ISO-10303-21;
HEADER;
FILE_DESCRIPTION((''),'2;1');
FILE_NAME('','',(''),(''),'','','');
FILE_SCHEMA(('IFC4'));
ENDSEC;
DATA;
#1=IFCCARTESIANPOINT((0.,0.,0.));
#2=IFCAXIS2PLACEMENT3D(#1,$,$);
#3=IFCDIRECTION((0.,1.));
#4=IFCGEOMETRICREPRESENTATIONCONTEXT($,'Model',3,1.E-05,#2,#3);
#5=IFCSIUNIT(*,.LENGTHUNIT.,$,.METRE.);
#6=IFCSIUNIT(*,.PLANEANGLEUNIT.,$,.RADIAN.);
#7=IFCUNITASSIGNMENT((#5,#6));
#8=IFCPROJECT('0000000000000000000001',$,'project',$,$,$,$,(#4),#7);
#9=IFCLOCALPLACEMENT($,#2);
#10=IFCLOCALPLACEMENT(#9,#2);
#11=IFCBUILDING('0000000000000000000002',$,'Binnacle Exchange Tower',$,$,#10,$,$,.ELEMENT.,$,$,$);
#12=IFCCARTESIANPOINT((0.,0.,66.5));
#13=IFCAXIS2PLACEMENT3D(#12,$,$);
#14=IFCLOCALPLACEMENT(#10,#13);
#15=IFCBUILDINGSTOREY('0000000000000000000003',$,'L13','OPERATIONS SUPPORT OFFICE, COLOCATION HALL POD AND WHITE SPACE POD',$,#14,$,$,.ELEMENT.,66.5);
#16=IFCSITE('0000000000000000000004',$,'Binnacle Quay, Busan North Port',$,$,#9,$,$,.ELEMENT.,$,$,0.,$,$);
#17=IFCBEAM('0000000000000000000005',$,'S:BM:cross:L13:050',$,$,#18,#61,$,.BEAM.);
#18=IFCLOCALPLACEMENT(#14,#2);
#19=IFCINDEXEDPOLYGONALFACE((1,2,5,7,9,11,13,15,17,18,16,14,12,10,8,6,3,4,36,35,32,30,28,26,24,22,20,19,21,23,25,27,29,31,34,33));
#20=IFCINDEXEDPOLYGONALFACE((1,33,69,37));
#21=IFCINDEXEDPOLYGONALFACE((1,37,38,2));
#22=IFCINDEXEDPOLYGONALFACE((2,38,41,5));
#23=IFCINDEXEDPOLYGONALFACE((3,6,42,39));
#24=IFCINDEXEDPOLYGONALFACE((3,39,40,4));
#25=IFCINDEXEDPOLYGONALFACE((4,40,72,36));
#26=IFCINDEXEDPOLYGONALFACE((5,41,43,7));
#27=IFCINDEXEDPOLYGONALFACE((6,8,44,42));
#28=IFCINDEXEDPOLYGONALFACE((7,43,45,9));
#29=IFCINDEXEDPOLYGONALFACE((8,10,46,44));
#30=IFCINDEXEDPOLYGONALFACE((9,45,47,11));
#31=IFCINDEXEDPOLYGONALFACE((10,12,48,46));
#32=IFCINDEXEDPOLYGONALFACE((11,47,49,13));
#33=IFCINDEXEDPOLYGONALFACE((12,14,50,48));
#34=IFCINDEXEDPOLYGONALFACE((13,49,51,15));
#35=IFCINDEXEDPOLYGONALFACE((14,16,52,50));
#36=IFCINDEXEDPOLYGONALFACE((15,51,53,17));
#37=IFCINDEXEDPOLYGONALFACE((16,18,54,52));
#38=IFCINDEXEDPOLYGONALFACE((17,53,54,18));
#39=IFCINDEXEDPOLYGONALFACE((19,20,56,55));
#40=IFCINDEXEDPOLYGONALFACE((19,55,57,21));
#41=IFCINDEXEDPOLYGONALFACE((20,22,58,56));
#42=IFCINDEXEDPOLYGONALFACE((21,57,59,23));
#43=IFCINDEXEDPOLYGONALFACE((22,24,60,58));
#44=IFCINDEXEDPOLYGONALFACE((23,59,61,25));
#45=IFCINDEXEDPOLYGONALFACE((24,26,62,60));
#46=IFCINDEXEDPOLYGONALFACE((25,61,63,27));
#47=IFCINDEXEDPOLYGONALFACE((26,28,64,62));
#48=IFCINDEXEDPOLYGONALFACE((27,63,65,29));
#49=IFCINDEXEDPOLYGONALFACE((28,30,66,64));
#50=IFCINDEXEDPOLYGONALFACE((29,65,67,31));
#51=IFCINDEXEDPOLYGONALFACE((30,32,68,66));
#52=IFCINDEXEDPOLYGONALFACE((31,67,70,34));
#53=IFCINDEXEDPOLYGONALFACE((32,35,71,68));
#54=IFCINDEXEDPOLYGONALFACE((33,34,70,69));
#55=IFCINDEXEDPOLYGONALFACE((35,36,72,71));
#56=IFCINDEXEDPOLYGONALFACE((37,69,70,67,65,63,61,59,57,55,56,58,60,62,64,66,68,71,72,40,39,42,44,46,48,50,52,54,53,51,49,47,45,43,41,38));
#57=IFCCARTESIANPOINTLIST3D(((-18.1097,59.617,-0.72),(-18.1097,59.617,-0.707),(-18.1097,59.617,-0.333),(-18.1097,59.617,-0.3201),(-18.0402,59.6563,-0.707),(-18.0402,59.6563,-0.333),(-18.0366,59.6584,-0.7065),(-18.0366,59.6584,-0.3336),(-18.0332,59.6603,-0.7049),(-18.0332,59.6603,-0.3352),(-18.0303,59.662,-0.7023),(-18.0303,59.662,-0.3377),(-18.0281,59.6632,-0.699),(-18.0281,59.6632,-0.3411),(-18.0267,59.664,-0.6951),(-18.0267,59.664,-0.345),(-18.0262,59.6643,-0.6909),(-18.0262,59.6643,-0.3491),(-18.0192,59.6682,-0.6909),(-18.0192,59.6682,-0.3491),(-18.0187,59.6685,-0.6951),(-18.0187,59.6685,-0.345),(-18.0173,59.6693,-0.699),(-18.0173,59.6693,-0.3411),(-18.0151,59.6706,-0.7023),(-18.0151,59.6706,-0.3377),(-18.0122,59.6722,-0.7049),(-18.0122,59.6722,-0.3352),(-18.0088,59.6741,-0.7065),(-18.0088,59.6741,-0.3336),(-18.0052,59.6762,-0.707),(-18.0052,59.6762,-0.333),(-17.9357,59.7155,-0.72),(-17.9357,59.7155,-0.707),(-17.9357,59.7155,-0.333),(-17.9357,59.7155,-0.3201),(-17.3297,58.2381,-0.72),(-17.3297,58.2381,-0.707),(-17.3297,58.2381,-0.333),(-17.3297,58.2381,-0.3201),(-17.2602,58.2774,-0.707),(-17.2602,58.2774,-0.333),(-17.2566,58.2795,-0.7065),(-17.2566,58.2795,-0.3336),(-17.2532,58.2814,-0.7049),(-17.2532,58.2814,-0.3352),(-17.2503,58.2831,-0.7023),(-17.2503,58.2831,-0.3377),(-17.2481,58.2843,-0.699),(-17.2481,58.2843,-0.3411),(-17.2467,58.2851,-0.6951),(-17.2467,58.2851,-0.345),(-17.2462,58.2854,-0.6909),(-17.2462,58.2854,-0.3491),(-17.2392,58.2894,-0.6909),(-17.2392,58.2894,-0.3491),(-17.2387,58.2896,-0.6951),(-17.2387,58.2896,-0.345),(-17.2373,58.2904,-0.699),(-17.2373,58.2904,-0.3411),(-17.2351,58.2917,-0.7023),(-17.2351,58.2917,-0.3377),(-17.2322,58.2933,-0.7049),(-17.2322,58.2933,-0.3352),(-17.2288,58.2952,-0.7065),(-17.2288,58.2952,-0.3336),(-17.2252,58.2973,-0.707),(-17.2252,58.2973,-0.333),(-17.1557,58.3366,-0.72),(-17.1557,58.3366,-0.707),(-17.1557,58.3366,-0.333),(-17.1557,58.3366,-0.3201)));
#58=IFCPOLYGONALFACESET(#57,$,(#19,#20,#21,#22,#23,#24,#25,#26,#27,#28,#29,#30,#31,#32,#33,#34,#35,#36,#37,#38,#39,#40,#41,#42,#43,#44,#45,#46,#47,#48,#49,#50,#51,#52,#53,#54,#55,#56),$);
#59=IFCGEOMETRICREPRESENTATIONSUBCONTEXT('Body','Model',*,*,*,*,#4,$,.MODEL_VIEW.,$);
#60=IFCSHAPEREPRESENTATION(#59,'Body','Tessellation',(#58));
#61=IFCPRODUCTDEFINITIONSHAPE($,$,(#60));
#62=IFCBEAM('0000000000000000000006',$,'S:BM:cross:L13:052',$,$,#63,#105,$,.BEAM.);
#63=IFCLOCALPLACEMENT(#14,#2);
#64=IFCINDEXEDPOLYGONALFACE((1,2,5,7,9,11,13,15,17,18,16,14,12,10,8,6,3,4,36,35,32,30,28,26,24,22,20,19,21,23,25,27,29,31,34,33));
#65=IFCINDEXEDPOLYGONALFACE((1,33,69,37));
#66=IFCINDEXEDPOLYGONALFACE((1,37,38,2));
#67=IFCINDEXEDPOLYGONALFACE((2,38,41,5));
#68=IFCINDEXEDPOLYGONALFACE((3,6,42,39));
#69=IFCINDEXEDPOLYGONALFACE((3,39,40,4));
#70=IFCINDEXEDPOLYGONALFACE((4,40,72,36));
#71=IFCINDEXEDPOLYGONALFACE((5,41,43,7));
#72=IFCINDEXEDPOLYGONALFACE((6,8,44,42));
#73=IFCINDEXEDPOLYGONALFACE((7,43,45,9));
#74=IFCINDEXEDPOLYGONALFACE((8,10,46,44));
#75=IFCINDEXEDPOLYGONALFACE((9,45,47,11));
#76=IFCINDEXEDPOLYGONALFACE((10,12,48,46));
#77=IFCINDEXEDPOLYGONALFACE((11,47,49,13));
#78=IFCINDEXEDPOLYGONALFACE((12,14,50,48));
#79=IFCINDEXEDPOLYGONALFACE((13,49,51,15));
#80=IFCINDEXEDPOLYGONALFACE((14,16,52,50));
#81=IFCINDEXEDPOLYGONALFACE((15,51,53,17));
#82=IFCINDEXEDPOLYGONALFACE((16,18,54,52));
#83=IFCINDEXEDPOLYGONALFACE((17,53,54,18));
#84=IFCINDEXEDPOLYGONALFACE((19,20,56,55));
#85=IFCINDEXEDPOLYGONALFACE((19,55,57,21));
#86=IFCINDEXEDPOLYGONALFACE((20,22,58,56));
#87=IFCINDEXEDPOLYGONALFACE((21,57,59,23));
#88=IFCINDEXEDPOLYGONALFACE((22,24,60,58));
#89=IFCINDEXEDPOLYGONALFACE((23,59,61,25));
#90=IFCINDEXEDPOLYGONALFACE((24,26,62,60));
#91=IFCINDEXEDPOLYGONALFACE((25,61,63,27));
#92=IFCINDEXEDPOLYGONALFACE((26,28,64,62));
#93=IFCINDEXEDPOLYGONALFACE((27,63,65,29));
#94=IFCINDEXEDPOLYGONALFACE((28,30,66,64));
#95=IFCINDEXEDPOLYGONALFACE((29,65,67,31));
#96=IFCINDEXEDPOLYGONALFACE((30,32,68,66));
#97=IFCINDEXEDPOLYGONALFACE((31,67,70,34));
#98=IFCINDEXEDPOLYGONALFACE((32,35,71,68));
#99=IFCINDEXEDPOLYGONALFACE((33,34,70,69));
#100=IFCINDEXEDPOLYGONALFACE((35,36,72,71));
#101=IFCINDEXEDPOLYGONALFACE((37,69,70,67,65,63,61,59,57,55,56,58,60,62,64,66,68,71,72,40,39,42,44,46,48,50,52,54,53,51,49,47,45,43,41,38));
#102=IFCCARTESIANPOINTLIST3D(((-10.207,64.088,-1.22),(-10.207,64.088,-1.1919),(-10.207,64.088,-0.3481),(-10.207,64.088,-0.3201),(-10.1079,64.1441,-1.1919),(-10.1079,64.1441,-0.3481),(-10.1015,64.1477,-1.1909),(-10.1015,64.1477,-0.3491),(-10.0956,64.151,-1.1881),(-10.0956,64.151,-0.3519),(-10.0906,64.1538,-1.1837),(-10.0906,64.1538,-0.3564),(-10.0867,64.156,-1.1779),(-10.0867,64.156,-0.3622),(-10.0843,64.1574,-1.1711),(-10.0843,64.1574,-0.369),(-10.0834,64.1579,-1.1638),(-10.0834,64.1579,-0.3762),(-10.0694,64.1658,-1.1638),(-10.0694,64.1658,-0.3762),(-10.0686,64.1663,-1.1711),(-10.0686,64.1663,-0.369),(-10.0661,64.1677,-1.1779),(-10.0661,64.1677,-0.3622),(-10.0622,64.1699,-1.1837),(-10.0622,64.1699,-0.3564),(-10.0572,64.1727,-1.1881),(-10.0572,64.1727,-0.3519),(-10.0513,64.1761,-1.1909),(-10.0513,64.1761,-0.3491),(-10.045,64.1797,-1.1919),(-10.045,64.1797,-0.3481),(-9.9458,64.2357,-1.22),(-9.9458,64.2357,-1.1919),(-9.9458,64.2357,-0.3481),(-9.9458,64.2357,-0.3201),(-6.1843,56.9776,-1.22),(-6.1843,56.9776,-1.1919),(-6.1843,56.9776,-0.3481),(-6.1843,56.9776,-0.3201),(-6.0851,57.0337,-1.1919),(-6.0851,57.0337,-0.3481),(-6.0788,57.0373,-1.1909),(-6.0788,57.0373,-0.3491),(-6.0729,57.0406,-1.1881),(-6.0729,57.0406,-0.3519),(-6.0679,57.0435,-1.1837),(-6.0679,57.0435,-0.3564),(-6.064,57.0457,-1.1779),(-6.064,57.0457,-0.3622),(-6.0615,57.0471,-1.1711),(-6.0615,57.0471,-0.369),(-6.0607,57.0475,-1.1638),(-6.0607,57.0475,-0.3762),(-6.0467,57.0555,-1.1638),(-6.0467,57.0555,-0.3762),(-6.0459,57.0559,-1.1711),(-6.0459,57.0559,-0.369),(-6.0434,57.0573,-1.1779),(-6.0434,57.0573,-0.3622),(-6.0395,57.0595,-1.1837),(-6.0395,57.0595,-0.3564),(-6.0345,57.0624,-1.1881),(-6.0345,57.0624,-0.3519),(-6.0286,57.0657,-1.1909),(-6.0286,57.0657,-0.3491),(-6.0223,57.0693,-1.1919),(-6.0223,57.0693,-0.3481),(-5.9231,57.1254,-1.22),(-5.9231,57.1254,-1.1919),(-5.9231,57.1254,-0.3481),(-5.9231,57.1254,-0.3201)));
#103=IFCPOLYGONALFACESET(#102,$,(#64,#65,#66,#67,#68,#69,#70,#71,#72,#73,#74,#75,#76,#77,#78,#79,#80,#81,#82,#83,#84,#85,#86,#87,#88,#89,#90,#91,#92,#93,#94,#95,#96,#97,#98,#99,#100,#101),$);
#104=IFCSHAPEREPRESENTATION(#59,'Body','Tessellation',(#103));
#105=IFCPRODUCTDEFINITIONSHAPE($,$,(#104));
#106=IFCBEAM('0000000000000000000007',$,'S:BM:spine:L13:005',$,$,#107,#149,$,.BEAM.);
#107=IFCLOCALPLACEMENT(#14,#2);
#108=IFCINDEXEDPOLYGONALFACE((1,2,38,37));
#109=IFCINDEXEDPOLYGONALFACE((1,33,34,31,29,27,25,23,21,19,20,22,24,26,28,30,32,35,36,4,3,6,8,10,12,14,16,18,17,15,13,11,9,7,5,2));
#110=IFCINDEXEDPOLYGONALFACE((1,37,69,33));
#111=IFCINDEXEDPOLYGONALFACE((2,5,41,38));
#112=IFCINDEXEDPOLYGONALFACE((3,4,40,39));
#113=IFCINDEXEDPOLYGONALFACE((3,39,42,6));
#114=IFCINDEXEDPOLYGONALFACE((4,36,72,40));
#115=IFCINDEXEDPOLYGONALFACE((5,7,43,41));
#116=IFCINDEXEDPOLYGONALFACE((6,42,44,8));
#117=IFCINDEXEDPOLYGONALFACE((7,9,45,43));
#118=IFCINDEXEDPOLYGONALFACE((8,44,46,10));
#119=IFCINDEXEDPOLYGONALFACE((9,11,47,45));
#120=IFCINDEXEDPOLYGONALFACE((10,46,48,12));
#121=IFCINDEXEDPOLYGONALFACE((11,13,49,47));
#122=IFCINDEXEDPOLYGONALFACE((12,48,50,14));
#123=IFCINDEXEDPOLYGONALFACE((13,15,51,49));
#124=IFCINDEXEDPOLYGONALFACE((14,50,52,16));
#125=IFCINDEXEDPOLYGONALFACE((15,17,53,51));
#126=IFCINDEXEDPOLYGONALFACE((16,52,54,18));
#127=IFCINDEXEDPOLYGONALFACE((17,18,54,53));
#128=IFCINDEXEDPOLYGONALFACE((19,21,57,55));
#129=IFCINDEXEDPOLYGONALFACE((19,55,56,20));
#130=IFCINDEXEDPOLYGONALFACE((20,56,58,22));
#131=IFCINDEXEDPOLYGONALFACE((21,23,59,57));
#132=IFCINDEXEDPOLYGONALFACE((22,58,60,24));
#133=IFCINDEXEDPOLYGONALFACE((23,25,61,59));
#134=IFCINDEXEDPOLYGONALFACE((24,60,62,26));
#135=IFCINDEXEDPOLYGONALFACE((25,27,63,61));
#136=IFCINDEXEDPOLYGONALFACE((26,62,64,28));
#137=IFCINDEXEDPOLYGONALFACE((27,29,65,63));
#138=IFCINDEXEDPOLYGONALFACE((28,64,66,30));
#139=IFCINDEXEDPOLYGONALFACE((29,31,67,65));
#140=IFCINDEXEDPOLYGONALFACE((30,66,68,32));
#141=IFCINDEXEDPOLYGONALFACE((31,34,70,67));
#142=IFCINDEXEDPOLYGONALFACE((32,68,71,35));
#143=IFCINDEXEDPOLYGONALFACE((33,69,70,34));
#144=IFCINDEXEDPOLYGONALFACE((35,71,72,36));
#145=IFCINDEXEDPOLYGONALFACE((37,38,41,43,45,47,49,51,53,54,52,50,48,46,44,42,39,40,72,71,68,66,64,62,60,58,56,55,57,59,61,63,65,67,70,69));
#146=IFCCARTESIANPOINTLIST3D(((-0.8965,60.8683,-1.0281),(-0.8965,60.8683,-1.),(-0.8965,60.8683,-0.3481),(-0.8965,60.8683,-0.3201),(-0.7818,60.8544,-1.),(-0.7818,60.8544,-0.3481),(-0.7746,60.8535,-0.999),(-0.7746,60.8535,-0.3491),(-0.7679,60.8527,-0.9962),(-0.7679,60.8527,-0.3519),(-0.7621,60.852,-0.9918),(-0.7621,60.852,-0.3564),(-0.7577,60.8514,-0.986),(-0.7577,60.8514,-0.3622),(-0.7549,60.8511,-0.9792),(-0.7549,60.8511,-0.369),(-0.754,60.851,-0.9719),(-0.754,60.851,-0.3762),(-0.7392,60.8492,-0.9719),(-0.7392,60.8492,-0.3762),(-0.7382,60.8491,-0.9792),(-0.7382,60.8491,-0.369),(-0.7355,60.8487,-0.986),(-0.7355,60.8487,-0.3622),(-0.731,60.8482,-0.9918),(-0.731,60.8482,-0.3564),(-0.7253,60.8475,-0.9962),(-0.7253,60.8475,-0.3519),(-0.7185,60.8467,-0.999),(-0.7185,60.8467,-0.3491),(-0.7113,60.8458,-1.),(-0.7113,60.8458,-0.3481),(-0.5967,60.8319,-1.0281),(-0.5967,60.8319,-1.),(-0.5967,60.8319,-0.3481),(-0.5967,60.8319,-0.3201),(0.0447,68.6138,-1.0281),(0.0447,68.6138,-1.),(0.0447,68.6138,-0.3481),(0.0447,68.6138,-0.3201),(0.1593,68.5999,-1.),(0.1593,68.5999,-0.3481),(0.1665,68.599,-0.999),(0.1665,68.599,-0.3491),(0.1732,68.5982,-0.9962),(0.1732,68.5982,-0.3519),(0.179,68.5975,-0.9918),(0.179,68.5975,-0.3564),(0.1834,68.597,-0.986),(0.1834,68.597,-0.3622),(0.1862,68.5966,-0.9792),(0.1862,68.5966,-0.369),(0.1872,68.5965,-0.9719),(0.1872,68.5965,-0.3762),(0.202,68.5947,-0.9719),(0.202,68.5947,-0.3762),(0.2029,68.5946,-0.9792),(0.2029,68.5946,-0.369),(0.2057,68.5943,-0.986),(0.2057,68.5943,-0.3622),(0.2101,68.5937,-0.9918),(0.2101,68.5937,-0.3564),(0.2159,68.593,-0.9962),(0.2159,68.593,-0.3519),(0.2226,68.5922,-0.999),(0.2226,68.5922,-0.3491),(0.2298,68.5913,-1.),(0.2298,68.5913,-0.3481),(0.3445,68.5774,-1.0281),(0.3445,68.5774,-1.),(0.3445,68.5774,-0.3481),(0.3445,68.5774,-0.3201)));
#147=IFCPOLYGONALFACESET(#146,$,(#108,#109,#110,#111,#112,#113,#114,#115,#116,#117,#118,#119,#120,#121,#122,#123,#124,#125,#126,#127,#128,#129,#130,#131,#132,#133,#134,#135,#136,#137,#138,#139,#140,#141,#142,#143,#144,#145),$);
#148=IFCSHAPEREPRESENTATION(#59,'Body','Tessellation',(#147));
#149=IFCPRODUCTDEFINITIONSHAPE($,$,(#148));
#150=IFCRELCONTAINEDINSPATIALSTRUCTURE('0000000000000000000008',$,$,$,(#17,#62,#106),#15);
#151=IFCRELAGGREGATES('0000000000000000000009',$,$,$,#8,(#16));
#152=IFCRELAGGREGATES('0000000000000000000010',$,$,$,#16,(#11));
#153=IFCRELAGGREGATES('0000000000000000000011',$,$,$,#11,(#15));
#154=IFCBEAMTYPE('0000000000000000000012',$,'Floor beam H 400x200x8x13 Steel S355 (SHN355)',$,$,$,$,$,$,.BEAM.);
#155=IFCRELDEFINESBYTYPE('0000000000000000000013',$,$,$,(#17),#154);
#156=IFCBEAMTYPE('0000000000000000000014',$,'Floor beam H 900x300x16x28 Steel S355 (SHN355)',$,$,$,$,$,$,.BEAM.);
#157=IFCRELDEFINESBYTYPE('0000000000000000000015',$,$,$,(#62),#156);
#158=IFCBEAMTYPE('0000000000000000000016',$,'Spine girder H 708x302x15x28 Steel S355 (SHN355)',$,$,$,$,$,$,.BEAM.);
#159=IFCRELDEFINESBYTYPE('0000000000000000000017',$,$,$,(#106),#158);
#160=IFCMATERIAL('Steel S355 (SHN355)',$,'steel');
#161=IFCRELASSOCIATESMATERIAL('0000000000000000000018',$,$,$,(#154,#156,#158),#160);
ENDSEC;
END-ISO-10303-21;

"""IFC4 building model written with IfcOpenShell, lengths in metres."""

from ifc_helpers import new_model, si_unit, direction, frame, origin, origin_2d, place, context, subcontext, project, spatial, i_section, extrude, material, material_profile, profile_set, type_object, element, save


model = new_model("IFC4")

# Units and contexts
model_context = context("Model", 3, precision=1e-05, world=origin(), true_north=direction((0.0, 1.0)))
body_context = subcontext(model_context, "Body", "Model", "MODEL_VIEW")
ifc_project = project(units=[si_unit("LENGTHUNIT", "METRE"), si_unit("PLANEANGLEUNIT", "RADIAN")], contexts=[model_context])

# Site, building, storey
site_placement = place(None, origin())
site = spatial("IfcSite", under=ifc_project, at=site_placement, Name="Binnacle Quay, Busan North Port", CompositionType="ELEMENT", RefElevation=0.0)
building_placement = place(site_placement, origin())
building = spatial("IfcBuilding", under=site, at=building_placement, Name="Binnacle Exchange Tower", CompositionType="ELEMENT")
storey_placement = place(building_placement, frame((0.0, 0.0, 66.5)))
storey = spatial("IfcBuildingStorey", under=building, at=storey_placement, Name="L13", Description="OPERATIONS SUPPORT OFFICE, COLOCATION HALL POD AND WHITE SPACE POD", CompositionType="ELEMENT", Elevation=66.5)

# Beams
ifc_material_1 = material(Name="Steel S355 (SHN355)", Category="steel")
ifc_material_profile_1 = material_profile(ifc_material_1, i_section(OverallWidth=0.2, OverallDepth=0.3999, WebThickness=0.0081, FlangeThickness=0.0129, FilletRadius=0.0161, at=origin_2d()), Name="H 400x200x8x13")
ifc_profile_set_1 = profile_set([ifc_material_profile_1], Name="Steel S355 (SHN355)")
beam_type_1 = type_object("IfcBeamType", Name="Floor beam H 400x200x8x13 Steel S355 (SHN355)", PredefinedType="BEAM", material=ifc_profile_set_1)
beam_1_placement = place(storey_placement, frame((-18.0227, 59.6663, -0.52), z_axis=(0.492367, -0.870388, 0.0), x_axis=(0.870388, 0.492367, 0.0)))
element("IfcBeam", 1, at=beam_1_placement, inside=storey, type_object=beam_type_1, Name="S:BM:cross:L13:050", PredefinedType="BEAM", context=body_context, shape_type="SweptSolid", body=[
    extrude(i_section(OverallWidth=0.2, OverallDepth=0.3999, WebThickness=0.0081, FlangeThickness=0.0129, FilletRadius=0.0161, at=origin_2d()), origin(), (0.0, 0.0, 1.0), 1.5842),
])
ifc_material_profile_2 = material_profile(ifc_material_1, i_section(OverallWidth=0.3, OverallDepth=0.8999, WebThickness=0.0161, FlangeThickness=0.0281, FilletRadius=0.0281, at=origin_2d()), Name="H 900x300x16x28")
ifc_profile_set_2 = profile_set([ifc_material_profile_2], Name="Steel S355 (SHN355)")
beam_type_2 = type_object("IfcBeamType", Name="Floor beam H 900x300x16x28 Steel S355 (SHN355)", PredefinedType="BEAM", material=ifc_profile_set_2)
beam_2_placement = place(storey_placement, frame((-10.0764, 64.1619, -0.77), z_axis=(0.492411, -0.870363, 0.0), x_axis=(0.870363, 0.492411, 0.0)))
element("IfcBeam", 2, at=beam_2_placement, inside=storey, type_object=beam_type_2, Name="S:BM:cross:L13:052", PredefinedType="BEAM", context=body_context, shape_type="SweptSolid", body=[
    extrude(i_section(OverallWidth=0.3, OverallDepth=0.8999, WebThickness=0.0161, FlangeThickness=0.0281, FilletRadius=0.0281, at=origin_2d()), origin(), (0.0, 0.0, 1.0), 8.1694),
])
ifc_material_profile_3 = material_profile(ifc_material_1, i_section(OverallWidth=0.302, OverallDepth=0.708, WebThickness=0.0149, FlangeThickness=0.0281, FilletRadius=0.0281, at=origin_2d()), Name="H 708x302x15x28")
ifc_profile_set_3 = profile_set([ifc_material_profile_3], Name="Steel S355 (SHN355)")
beam_type_3 = type_object("IfcBeamType", Name="Spine girder H 708x302x15x28 Steel S355 (SHN355)", PredefinedType="BEAM", material=ifc_profile_set_3)
beam_3_placement = place(storey_placement, frame((-0.7466, 60.8501, -0.6741), z_axis=(0.120622, 0.992699, 0.0), x_axis=(-0.992699, 0.120622, 0.0)))
element("IfcBeam", 3, at=beam_3_placement, inside=storey, type_object=beam_type_3, Name="S:BM:spine:L13:005", PredefinedType="BEAM", context=body_context, shape_type="SweptSolid", body=[
    extrude(i_section(OverallWidth=0.302, OverallDepth=0.708, WebThickness=0.0149, FlangeThickness=0.0281, FilletRadius=0.0281, at=origin_2d()), origin(), (0.0, 0.0, 1.0), 7.8025),
])

save(model, "model.ifc")
